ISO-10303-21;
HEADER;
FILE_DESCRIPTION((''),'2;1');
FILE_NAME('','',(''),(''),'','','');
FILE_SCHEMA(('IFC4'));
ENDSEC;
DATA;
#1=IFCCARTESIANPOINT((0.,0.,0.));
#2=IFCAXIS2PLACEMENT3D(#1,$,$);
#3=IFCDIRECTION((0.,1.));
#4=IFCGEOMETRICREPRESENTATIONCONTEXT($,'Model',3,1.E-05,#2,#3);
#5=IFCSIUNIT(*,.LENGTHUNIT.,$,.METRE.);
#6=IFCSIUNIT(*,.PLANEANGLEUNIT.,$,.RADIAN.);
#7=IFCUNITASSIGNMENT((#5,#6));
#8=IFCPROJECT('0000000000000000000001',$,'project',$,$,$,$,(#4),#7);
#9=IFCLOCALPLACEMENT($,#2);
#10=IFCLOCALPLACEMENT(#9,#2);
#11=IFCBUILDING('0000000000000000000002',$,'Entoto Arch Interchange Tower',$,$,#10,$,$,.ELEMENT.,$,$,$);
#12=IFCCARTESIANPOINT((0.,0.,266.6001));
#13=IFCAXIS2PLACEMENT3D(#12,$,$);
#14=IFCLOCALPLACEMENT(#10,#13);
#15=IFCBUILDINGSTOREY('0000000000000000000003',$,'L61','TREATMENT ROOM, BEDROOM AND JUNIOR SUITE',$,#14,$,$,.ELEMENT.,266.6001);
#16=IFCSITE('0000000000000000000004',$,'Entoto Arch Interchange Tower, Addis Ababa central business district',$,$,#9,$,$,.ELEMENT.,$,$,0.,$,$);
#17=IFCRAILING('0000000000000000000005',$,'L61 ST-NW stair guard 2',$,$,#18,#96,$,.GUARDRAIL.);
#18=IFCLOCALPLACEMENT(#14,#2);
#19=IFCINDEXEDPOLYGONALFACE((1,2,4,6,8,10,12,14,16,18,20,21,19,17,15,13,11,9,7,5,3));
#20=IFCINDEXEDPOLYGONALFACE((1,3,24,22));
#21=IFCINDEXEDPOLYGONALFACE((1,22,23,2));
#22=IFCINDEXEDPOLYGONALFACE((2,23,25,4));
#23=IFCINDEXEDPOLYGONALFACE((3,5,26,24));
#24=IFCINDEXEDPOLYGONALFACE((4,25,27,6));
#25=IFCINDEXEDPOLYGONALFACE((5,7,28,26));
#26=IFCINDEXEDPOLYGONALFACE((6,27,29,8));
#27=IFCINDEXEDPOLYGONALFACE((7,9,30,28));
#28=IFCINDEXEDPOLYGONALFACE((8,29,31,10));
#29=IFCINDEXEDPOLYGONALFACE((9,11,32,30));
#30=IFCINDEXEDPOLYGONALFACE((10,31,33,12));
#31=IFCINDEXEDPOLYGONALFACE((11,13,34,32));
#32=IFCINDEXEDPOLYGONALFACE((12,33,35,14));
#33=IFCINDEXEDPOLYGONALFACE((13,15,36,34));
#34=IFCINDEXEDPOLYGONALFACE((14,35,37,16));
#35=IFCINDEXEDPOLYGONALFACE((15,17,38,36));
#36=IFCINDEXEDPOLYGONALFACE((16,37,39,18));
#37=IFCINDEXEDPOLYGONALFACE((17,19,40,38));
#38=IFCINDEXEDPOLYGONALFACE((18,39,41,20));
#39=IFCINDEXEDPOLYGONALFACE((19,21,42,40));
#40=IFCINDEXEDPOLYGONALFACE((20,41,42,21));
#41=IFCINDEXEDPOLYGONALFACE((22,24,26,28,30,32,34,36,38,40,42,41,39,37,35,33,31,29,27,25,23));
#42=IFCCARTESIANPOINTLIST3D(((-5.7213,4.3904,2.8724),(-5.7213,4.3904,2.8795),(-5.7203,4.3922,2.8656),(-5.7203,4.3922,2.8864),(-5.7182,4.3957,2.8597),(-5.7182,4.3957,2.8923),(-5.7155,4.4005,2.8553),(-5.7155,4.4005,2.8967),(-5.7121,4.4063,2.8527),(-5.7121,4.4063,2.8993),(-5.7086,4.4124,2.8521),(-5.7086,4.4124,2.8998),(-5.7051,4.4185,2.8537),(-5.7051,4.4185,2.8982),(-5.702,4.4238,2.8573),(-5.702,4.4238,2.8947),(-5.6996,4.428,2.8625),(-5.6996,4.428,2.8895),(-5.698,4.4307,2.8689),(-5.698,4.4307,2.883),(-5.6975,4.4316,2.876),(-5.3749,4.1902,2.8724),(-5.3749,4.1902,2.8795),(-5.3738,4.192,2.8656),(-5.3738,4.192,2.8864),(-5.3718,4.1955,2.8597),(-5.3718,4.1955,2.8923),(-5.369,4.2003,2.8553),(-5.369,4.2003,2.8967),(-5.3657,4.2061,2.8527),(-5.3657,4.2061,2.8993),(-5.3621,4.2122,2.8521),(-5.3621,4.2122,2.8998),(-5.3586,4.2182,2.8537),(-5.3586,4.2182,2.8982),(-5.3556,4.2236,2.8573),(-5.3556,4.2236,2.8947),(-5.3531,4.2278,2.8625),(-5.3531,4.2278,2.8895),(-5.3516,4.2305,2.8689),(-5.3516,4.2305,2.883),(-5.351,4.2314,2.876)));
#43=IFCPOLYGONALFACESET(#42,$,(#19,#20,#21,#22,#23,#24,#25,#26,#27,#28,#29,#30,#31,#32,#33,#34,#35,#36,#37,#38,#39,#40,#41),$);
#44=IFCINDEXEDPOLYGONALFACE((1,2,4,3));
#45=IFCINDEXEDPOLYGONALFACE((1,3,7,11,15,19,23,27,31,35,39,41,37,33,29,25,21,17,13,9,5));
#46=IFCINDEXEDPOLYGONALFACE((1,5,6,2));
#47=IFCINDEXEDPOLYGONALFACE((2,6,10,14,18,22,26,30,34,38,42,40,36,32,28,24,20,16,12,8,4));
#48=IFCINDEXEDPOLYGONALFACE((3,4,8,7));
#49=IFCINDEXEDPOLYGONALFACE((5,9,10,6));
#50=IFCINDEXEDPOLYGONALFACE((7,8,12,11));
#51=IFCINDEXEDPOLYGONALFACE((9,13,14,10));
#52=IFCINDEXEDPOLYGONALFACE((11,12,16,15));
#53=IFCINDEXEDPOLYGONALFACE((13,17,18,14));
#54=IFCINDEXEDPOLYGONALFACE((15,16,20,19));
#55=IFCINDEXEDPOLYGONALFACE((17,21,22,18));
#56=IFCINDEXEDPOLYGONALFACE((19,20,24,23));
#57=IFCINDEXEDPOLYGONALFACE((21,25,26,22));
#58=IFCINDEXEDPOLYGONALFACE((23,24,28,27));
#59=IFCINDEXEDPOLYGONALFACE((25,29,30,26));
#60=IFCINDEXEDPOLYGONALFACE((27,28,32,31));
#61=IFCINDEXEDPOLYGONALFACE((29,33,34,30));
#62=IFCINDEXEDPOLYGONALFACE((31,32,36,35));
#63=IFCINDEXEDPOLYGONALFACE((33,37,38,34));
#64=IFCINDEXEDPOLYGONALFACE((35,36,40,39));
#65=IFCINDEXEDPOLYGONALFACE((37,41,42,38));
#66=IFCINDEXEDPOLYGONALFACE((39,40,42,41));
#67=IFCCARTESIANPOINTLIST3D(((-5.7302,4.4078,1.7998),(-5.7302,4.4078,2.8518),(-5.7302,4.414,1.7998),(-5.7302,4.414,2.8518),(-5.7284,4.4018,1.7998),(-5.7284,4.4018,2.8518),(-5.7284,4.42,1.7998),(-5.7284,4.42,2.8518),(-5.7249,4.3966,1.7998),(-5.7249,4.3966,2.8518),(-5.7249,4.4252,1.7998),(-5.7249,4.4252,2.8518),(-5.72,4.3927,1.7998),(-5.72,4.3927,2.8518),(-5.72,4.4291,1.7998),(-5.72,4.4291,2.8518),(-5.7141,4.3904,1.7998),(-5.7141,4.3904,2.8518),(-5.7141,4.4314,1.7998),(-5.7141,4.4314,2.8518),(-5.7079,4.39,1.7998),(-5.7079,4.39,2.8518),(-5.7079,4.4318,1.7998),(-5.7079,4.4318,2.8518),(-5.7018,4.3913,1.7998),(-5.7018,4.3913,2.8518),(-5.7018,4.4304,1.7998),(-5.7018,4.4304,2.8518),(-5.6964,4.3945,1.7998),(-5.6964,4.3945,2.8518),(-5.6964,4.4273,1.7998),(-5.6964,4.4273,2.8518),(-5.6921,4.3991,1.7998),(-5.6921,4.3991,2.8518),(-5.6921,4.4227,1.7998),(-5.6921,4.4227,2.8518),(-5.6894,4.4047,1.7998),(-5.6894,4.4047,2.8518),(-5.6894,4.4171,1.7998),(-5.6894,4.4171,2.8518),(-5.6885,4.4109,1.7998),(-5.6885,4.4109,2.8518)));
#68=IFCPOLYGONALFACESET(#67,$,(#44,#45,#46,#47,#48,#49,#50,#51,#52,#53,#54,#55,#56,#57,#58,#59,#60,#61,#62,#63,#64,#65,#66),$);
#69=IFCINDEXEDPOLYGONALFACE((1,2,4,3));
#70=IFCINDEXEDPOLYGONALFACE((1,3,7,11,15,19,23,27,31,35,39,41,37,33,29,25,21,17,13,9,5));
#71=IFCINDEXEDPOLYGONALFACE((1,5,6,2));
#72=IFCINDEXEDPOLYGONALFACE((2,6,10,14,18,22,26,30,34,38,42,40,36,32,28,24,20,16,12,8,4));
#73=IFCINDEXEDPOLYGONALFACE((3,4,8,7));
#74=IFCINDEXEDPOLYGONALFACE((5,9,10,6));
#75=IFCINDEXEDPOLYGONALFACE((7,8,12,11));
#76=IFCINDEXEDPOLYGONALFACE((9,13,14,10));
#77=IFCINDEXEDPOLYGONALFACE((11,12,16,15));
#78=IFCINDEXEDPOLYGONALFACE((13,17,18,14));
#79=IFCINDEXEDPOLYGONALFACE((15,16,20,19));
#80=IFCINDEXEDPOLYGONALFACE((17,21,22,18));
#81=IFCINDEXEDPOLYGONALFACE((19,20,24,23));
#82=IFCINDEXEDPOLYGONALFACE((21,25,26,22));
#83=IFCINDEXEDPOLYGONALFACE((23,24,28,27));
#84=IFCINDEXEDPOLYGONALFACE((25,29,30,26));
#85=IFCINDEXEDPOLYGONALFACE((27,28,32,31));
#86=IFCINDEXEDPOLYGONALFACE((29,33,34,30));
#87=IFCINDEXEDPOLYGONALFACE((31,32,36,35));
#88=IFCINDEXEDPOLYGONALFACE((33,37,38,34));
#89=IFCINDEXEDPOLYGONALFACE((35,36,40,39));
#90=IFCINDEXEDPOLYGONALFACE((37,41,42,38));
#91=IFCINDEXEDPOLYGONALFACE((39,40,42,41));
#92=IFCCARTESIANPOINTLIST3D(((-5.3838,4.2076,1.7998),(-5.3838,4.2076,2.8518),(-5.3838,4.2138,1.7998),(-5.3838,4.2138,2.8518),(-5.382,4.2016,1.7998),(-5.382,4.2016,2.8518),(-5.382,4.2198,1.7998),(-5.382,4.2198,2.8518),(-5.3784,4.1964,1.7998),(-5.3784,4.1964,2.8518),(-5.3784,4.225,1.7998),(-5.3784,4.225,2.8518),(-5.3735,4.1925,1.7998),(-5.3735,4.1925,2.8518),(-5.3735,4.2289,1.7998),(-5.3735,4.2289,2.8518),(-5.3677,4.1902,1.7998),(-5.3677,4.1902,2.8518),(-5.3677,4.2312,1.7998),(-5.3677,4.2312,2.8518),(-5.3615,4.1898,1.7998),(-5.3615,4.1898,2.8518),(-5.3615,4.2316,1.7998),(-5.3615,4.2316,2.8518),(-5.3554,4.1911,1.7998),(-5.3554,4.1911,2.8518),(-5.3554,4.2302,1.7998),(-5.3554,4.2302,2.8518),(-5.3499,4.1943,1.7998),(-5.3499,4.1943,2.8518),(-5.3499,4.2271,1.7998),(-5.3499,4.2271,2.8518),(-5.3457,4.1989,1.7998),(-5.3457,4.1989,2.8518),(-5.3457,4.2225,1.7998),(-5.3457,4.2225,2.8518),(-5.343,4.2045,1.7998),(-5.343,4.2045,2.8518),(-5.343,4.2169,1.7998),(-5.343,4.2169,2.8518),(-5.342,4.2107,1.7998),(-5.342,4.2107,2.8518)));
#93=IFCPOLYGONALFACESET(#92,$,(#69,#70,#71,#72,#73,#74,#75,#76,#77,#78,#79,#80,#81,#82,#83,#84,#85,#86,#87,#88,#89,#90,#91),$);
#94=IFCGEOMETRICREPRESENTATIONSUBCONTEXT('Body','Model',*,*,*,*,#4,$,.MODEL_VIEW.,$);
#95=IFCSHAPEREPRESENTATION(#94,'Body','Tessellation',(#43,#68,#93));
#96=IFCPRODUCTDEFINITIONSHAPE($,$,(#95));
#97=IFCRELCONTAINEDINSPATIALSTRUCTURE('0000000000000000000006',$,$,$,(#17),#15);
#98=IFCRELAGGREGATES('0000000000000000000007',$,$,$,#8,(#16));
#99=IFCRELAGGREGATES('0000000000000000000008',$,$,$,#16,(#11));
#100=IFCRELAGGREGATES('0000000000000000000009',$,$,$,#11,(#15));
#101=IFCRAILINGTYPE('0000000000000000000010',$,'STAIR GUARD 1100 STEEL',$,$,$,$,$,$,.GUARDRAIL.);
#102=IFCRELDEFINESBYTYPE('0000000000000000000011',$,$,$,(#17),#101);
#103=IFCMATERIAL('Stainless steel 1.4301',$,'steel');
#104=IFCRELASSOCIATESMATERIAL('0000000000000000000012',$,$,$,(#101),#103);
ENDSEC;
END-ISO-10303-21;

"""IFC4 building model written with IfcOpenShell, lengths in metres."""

from ifc_helpers import new_model, si_unit, direction, frame, origin, origin_2d, place, context, subcontext, project, spatial, circle, extrude, material, type_object, element, save


model = new_model("IFC4")

# Units and contexts
model_context = context("Model", 3, precision=1e-05, world=origin(), true_north=direction((0.0, 1.0)))
body_context = subcontext(model_context, "Body", "Model", "MODEL_VIEW")
ifc_project = project(units=[si_unit("LENGTHUNIT", "METRE"), si_unit("PLANEANGLEUNIT", "RADIAN")], contexts=[model_context])

# Site, building, storey
site_placement = place(None, origin())
site = spatial("IfcSite", under=ifc_project, at=site_placement, Name="Entoto Arch Interchange Tower, Addis Ababa central business district", CompositionType="ELEMENT", RefElevation=0.0)
building_placement = place(site_placement, origin())
building = spatial("IfcBuilding", under=site, at=building_placement, Name="Entoto Arch Interchange Tower", CompositionType="ELEMENT")
storey_placement = place(building_placement, frame((0.0, 0.0, 266.6001)))
storey = spatial("IfcBuildingStorey", under=building, at=storey_placement, Name="L61", Description="TREATMENT ROOM, BEDROOM AND JUNIOR SUITE", CompositionType="ELEMENT", Elevation=266.6001)

# Railing
ifc_material_1 = material(Name="Stainless steel 1.4301", Category="steel")
railing_type_1 = type_object("IfcRailingType", Name="STAIR GUARD 1100 STEEL", PredefinedType="GUARDRAIL", material=ifc_material_1)
railing_1_placement = place(storey_placement, frame((-5.7095, 4.4109, 1.7998)))
element("IfcRailing", 1, at=railing_1_placement, inside=storey, type_object=railing_type_1, Name="L61 ST-NW stair guard 2", PredefinedType="GUARDRAIL", context=body_context, shape_type="SweptSolid", body=[
    extrude(circle(Radius=0.0239, at=origin_2d()), frame((0.0, 0.0, 1.0762), z_axis=(0.86583, -0.500339, 0.0), x_axis=(0.500339, 0.86583, 0.0)), (0.0, 0.0, 1.0), 0.4001),
    extrude(circle(Radius=0.021, at=origin_2d()), origin(), (0.0, 0.0, 1.0), 1.052),
    extrude(circle(Radius=0.021, at=origin_2d()), frame((0.3464, -0.2002, 0.0)), (0.0, 0.0, 1.0), 1.052),
])

save(model, "model.ifc")
